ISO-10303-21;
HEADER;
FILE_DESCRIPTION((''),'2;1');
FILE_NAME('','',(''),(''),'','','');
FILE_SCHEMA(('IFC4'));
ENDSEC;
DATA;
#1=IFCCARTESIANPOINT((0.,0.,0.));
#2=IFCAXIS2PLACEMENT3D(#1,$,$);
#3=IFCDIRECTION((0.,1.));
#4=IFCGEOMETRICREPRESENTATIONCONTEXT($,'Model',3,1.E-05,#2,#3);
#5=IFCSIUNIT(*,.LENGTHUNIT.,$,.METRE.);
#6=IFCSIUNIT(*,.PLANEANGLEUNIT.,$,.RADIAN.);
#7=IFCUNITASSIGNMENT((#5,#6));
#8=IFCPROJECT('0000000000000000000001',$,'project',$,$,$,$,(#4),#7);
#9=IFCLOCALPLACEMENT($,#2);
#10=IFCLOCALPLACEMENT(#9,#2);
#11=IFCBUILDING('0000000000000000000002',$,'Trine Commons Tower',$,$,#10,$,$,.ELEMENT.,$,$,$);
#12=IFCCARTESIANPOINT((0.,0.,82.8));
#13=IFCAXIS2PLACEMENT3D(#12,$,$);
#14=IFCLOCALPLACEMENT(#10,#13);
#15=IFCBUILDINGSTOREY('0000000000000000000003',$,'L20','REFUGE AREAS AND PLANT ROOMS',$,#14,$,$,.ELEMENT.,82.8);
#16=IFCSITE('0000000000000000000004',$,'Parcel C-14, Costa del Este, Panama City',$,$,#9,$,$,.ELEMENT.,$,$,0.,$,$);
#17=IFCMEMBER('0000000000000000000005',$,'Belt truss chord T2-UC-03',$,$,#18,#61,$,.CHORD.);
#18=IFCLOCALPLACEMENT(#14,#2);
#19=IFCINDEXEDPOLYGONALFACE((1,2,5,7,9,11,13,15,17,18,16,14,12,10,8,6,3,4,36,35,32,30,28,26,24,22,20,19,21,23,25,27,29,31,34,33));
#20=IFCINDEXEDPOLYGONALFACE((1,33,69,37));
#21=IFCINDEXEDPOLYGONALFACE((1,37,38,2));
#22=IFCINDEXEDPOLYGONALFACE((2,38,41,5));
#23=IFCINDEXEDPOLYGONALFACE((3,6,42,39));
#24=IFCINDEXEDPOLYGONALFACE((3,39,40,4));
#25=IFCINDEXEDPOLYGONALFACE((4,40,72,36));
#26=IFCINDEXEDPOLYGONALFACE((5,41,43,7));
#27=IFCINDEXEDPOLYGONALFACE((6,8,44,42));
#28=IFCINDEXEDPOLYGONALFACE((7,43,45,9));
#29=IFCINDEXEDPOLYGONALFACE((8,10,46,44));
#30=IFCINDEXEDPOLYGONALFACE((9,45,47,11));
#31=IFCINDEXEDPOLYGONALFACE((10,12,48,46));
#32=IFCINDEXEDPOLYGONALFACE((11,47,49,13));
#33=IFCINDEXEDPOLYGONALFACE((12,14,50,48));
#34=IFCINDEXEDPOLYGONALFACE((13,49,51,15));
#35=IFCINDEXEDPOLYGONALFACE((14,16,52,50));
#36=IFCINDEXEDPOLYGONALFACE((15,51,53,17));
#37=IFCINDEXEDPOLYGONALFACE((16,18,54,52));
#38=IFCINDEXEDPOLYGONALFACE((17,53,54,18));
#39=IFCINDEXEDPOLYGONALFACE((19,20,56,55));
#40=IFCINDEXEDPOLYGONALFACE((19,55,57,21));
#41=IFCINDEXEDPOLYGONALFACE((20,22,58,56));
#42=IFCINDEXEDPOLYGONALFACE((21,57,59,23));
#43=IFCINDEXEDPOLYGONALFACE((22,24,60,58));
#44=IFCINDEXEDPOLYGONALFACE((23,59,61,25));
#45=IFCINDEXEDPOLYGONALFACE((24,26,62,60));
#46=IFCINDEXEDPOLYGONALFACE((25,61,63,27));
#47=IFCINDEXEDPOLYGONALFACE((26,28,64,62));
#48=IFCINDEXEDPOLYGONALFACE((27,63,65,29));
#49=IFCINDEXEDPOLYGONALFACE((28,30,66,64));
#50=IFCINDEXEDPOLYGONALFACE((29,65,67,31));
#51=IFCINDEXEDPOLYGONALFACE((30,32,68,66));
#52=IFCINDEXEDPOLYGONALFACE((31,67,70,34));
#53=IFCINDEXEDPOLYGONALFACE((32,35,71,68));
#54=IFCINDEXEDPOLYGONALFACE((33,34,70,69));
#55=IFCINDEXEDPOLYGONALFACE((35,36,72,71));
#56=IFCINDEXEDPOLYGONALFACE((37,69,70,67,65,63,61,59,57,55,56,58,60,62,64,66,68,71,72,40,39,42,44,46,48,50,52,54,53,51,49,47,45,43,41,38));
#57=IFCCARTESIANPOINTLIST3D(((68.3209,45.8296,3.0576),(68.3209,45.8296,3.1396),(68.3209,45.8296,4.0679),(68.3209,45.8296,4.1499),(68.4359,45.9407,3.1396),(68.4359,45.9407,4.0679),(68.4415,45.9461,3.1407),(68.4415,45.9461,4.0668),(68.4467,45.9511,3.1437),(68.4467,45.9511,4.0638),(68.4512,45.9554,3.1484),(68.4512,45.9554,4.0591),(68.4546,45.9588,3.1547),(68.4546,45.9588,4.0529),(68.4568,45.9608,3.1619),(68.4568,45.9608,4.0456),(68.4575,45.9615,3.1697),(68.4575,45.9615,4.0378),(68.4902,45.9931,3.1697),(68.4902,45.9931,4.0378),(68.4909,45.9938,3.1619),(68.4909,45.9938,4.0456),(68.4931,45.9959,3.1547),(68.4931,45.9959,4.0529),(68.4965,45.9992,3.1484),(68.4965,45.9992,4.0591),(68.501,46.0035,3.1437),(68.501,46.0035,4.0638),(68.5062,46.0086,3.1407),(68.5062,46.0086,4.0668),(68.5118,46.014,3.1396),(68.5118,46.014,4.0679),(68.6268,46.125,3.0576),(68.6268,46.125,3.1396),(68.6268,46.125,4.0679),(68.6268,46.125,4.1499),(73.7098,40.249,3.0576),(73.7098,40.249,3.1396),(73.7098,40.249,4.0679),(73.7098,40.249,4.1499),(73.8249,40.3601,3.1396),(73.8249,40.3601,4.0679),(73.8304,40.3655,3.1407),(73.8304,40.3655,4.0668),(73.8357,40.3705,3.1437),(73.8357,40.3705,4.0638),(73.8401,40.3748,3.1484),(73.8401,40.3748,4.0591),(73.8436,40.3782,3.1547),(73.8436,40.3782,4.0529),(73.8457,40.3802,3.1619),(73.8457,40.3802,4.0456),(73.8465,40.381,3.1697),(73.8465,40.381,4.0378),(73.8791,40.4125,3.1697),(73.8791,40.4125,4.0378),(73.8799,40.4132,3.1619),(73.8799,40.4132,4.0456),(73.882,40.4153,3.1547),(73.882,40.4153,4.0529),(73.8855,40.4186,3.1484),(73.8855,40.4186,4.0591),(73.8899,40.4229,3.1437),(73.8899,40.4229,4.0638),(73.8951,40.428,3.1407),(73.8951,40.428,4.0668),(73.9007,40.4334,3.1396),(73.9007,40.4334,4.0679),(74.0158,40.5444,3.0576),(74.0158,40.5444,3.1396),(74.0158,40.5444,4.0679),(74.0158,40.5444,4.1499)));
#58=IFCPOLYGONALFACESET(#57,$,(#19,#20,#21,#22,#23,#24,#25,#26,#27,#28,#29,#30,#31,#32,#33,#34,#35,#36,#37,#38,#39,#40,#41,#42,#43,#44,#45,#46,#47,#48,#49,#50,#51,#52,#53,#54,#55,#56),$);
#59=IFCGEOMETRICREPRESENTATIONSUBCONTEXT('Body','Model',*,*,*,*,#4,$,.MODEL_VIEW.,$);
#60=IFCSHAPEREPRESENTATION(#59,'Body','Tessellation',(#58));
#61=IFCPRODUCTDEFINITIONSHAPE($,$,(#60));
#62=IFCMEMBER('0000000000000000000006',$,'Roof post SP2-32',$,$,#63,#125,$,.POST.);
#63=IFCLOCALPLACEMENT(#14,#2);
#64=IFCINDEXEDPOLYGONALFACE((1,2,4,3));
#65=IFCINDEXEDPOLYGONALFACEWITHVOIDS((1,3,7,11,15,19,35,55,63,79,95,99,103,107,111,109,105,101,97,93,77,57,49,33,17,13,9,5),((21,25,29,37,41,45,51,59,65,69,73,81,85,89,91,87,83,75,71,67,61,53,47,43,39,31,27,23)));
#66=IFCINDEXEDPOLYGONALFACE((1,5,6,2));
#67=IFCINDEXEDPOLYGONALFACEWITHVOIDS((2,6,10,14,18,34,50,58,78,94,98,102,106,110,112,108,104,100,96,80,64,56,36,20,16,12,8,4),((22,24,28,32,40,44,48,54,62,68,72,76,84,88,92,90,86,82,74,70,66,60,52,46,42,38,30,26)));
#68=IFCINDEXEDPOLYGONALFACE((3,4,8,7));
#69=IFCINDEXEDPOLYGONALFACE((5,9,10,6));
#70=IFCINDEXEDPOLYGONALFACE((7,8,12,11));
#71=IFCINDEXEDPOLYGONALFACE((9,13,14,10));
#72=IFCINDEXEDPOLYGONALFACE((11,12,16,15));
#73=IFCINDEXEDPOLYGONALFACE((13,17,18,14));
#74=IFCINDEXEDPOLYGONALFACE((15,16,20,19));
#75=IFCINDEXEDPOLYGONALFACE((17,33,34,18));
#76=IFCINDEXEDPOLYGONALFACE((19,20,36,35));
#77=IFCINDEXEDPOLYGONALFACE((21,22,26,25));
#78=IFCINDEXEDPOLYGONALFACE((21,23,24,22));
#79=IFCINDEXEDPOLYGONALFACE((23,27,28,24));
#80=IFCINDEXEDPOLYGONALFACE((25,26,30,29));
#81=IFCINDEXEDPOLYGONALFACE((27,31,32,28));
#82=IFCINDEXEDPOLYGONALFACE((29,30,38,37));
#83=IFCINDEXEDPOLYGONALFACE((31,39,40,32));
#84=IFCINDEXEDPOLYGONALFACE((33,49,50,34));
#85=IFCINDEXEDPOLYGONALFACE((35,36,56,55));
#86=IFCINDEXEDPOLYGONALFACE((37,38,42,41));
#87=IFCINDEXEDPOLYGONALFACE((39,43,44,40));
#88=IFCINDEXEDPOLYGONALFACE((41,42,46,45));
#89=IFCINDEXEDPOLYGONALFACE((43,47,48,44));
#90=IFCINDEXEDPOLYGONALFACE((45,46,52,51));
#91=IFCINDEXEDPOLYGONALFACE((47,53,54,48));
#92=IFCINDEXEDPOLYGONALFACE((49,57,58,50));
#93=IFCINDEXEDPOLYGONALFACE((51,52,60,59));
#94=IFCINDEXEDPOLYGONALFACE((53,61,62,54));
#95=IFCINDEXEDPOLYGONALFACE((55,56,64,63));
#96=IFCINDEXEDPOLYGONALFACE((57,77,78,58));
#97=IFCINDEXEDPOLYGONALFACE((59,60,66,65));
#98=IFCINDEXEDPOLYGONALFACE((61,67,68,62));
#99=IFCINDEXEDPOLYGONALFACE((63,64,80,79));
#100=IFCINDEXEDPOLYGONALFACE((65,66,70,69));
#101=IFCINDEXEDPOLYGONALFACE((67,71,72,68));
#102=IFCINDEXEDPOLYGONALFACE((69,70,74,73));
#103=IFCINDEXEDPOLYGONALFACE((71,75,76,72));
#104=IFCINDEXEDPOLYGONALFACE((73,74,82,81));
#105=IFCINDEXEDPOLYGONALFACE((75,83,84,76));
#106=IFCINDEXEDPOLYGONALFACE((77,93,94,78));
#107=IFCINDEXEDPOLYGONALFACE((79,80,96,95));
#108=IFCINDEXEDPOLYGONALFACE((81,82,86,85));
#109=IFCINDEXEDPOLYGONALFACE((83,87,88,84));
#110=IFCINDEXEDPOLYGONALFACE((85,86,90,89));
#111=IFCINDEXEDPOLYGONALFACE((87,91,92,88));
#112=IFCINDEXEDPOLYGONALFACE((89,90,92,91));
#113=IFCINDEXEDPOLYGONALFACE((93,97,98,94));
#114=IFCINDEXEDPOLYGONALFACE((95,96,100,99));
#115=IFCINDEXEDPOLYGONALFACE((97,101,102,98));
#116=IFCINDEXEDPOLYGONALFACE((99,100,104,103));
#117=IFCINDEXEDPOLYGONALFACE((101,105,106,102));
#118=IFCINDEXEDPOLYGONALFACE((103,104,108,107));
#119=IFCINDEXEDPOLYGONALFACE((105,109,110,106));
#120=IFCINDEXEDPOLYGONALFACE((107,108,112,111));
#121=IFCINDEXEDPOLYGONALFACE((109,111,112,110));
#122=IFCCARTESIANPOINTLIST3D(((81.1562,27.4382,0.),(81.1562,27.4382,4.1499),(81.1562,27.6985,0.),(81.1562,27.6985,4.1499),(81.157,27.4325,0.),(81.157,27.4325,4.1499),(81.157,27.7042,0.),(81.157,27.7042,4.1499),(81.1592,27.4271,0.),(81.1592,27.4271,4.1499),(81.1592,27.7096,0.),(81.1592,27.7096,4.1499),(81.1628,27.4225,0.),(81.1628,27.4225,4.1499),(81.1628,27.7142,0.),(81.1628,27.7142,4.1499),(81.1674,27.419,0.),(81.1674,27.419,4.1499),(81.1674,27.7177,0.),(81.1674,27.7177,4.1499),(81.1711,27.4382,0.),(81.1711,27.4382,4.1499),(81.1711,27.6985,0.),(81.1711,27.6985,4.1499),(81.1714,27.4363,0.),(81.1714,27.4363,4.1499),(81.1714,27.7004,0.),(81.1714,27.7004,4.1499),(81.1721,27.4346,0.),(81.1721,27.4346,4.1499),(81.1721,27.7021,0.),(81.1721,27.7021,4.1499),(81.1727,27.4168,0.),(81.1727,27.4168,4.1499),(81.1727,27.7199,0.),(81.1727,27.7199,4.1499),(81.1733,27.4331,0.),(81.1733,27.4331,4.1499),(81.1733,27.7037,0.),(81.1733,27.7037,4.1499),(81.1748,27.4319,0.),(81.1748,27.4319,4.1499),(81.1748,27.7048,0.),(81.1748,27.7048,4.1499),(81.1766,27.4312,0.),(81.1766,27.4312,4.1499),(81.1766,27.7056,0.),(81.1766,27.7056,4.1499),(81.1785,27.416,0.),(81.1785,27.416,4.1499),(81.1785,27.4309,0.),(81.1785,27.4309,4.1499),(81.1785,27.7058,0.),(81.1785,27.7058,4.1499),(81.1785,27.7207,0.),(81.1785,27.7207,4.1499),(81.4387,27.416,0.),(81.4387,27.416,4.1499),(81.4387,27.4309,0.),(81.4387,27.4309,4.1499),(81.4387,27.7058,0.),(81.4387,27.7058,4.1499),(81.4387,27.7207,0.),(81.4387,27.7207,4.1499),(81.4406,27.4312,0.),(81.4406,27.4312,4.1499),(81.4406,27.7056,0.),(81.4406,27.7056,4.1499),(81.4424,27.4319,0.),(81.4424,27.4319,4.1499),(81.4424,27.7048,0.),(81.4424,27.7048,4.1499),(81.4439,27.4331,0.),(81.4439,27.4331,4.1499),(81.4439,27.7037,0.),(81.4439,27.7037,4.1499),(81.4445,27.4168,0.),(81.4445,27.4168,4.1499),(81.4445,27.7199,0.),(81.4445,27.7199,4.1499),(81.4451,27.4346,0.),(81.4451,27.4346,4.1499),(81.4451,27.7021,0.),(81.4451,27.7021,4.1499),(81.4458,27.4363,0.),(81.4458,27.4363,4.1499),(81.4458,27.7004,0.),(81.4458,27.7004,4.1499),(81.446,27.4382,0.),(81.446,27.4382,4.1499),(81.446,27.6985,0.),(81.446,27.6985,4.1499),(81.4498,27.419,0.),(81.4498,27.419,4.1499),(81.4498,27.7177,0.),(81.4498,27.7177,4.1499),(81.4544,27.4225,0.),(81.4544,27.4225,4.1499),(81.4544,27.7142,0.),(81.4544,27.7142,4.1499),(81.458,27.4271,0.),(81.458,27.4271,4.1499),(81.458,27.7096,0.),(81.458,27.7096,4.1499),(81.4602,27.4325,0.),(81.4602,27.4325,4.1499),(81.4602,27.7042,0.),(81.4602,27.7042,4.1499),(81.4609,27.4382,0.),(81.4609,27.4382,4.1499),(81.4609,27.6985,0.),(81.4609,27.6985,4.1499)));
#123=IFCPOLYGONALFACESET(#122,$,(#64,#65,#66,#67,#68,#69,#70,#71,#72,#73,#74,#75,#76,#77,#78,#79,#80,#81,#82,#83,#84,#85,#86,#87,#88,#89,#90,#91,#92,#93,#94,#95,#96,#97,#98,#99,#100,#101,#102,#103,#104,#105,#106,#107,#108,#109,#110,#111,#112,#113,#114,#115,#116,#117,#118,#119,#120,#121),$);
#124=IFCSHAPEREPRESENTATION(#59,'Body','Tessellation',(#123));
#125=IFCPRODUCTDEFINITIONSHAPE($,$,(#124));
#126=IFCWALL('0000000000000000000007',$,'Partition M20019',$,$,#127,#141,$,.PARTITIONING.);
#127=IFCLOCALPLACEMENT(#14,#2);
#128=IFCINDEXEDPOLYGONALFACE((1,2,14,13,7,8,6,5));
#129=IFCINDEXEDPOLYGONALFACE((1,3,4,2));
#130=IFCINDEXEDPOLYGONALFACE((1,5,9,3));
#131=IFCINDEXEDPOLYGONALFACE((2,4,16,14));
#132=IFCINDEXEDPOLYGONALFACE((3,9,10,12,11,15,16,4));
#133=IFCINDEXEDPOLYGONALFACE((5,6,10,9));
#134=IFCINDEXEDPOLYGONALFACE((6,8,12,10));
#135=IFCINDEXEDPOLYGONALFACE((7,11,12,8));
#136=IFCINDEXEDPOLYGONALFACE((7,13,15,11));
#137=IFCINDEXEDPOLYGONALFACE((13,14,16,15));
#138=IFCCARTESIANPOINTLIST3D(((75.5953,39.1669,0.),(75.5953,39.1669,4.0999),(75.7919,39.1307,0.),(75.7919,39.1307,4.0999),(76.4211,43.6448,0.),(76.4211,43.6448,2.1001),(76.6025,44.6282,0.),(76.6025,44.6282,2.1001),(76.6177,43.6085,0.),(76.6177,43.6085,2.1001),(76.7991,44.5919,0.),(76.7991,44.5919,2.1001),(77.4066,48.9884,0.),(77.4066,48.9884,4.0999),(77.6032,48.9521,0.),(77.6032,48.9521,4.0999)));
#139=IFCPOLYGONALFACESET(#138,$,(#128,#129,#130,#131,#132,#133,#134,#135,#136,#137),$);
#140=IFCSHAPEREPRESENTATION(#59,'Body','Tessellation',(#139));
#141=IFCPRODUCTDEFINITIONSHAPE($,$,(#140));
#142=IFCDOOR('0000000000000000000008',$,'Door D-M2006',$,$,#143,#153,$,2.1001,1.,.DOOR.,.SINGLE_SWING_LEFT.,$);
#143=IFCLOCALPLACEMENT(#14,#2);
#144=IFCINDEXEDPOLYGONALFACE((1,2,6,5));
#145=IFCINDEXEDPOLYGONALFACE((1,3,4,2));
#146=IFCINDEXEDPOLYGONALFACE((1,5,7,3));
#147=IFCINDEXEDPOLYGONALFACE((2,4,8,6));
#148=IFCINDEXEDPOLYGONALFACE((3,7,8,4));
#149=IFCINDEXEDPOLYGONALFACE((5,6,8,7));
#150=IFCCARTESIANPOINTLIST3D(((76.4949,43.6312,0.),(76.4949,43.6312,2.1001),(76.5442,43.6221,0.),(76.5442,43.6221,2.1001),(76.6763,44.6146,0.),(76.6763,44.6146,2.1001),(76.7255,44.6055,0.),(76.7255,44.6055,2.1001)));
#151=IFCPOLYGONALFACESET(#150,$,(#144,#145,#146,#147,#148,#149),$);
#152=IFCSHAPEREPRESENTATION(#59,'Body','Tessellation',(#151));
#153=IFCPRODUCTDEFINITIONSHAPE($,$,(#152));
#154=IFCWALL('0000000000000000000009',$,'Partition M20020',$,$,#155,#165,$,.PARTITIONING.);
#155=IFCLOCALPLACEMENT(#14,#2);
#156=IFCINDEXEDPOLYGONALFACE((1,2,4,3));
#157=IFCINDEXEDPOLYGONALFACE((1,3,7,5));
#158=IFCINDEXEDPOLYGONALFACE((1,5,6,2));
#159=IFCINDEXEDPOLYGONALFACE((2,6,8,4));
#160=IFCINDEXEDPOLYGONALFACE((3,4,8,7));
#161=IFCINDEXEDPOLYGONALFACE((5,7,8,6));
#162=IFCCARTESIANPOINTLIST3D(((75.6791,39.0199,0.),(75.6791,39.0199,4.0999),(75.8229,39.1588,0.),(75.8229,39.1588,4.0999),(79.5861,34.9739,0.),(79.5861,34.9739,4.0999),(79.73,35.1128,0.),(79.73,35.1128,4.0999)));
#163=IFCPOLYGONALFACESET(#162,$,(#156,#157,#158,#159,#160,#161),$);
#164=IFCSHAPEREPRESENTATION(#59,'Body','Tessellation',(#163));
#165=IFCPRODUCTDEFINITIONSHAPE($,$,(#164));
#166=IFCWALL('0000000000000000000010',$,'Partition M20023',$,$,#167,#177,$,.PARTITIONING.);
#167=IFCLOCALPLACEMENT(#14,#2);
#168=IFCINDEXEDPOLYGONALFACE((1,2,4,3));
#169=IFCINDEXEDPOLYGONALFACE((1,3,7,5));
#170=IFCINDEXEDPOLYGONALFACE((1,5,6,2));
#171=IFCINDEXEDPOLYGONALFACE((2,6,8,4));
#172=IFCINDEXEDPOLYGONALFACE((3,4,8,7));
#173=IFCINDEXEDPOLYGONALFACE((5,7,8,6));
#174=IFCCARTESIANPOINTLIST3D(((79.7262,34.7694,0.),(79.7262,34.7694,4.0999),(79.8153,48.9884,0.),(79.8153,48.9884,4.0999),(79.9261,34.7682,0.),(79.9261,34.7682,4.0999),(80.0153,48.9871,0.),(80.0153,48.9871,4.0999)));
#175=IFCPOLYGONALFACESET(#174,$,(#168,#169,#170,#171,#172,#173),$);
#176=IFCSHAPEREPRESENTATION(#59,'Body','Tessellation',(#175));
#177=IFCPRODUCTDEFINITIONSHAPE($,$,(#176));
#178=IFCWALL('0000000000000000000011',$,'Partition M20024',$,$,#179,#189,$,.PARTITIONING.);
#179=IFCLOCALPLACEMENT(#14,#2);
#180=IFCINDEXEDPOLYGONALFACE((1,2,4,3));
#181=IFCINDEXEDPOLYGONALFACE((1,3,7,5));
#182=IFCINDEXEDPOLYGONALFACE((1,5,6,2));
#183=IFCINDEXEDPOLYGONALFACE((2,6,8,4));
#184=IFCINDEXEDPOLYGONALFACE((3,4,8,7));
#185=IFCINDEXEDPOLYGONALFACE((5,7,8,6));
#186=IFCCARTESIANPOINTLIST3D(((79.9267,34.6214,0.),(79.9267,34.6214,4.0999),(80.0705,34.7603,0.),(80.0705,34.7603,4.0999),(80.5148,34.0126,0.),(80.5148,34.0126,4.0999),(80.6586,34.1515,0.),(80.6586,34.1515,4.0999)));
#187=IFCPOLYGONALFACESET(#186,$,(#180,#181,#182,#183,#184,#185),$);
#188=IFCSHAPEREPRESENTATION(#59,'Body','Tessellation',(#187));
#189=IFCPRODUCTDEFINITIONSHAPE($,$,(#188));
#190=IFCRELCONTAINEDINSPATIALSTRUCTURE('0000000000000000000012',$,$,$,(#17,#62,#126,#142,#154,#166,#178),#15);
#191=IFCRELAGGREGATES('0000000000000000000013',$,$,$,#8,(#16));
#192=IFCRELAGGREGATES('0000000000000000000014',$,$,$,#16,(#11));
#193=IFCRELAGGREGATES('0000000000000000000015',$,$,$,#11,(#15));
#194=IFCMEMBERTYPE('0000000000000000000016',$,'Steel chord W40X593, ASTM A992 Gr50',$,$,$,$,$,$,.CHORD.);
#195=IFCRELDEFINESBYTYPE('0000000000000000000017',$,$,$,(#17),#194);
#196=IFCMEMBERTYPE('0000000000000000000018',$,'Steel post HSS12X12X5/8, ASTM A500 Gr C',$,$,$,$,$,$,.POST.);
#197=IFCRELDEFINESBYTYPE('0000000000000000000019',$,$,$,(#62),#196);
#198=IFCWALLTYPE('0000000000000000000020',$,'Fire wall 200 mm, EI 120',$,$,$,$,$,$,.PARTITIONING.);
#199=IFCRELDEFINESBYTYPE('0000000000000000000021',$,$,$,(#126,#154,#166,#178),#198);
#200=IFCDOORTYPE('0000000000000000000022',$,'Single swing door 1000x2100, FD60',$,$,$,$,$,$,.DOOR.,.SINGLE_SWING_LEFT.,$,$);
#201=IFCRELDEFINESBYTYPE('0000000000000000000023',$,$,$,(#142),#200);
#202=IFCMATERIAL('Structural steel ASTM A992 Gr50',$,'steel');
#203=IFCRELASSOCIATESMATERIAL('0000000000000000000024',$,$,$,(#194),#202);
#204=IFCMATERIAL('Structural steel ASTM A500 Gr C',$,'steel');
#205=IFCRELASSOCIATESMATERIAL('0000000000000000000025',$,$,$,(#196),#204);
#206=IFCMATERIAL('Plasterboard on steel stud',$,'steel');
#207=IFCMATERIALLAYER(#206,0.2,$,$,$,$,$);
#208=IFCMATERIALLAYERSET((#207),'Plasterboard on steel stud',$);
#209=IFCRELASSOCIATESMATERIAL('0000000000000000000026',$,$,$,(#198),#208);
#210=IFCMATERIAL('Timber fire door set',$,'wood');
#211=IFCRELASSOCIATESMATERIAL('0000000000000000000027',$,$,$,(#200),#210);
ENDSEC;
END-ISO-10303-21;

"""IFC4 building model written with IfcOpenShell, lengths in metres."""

from ifc_helpers import new_model, si_unit, direction, frame, frame_2d, origin, origin_2d, place, context, subcontext, project, spatial, rectangle, hollow_rectangle, i_section, extrude, material, layer, layer_set, material_profile, profile_set, type_object, element, fill, save


model = new_model("IFC4")

# Units and contexts
model_context = context("Model", 3, precision=1e-05, world=origin(), true_north=direction((0.0, 1.0)))
body_context = subcontext(model_context, "Body", "Model", "MODEL_VIEW")
ifc_project = project(units=[si_unit("LENGTHUNIT", "METRE"), si_unit("PLANEANGLEUNIT", "RADIAN")], contexts=[model_context])

# Site, building, storey
site_placement = place(None, origin())
site = spatial("IfcSite", under=ifc_project, at=site_placement, Name="Parcel C-14, Costa del Este, Panama City", CompositionType="ELEMENT", RefElevation=0.0)
building_placement = place(site_placement, origin())
building = spatial("IfcBuilding", under=site, at=building_placement, Name="Trine Commons Tower", CompositionType="ELEMENT")
storey_placement = place(building_placement, frame((0.0, 0.0, 82.8)))
storey = spatial("IfcBuildingStorey", under=building, at=storey_placement, Name="L20", Description="REFUGE AREAS AND PLANT ROOMS", CompositionType="ELEMENT", Elevation=82.8)

# Members
ifc_material_1 = material(Name="Structural steel ASTM A992 Gr50", Category="steel")
ifc_material_profile_1 = material_profile(ifc_material_1, i_section(OverallWidth=0.4253, OverallDepth=1.0923, WebThickness=0.0454, FlangeThickness=0.082, FilletRadius=0.03, at=origin_2d()), Name="W40X593")
ifc_profile_set_1 = profile_set([ifc_material_profile_1], Name="Structural steel ASTM A992 Gr50")
member_type_1 = type_object("IfcMemberType", Name="Steel chord W40X593, ASTM A992 Gr50", PredefinedType="CHORD", material=ifc_profile_set_1)
member_1_placement = place(storey_placement, frame((73.8628, 40.3967, 3.6038), z_axis=(-0.694647, 0.719351, 0.0), x_axis=(-0.719351, -0.694647, 0.0)))
element("IfcMember", 1, at=member_1_placement, inside=storey, type_object=member_type_1, Name="Belt truss chord T2-UC-03", PredefinedType="CHORD", context=body_context, shape_type="SweptSolid", body=[
    extrude(i_section(OverallWidth=0.4253, OverallDepth=1.0923, WebThickness=0.0454, FlangeThickness=0.082, FilletRadius=0.03, at=origin_2d()), origin(), (0.0, 0.0, 1.0), 7.7578),
])
ifc_material_2 = material(Name="Structural steel ASTM A500 Gr C", Category="steel")
ifc_material_profile_2 = material_profile(ifc_material_2, hollow_rectangle(XDim=0.3047, YDim=0.3047, WallThickness=0.0149, InnerFilletRadius=0.0073, OuterFilletRadius=0.0222, at=origin_2d()), Name="HSS12X12X5/8")
ifc_profile_set_2 = profile_set([ifc_material_profile_2], Name="Structural steel ASTM A500 Gr C")
member_type_2 = type_object("IfcMemberType", Name="Steel post HSS12X12X5/8, ASTM A500 Gr C", PredefinedType="POST", material=ifc_profile_set_2)
member_2_placement = place(storey_placement, frame((81.3086, 27.5684, 0.0), z_axis=(0.0, 0.0, 1.0), x_axis=(1.0, 0.0, 0.0)))
element("IfcMember", 2, at=member_2_placement, inside=storey, type_object=member_type_2, Name="Roof post SP2-32", PredefinedType="POST", context=body_context, shape_type="SweptSolid", body=[
    extrude(hollow_rectangle(XDim=0.3047, YDim=0.3047, WallThickness=0.0149, InnerFilletRadius=0.0073, OuterFilletRadius=0.0222, at=origin_2d()), origin(), (0.0, 0.0, 1.0), 4.1499),
])

# Wall, opening, door
ifc_material_3 = material(Name="Plasterboard on steel stud", Category="steel")
ifc_layer_1 = layer(ifc_material_3, 0.2)
ifc_layer_set_1 = layer_set([ifc_layer_1], Name="Plasterboard on steel stud")
wall_type_1 = type_object("IfcWallType", Name="Fire wall 200 mm, EI 120", PredefinedType="PARTITIONING", material=ifc_layer_set_1)
wall_1_placement = place(storey_placement, frame((75.6936, 39.1487, 0.0), z_axis=(0.0, 0.0, 1.0), x_axis=(0.181361, 0.983417, 0.0)))
wall_1 = element("IfcWall", 3, at=wall_1_placement, inside=storey, type_object=wall_type_1, Name="Partition M20019", PredefinedType="PARTITIONING", context=body_context, shape_type="SweptSolid", body=[
    extrude(rectangle(XDim=9.9871, YDim=0.2, at=frame_2d((4.9937, 0.0))), origin(), (0.0, 0.0, 1.0), 4.0999),
])
opening_placement = place(wall_1_placement, frame((4.5535, 0.0, 0.0)))
opening = element("IfcOpeningElement", 4, at=opening_placement, cuts=wall_1, PredefinedType="OPENING", context=body_context, shape_type="SweptSolid", body=[
    extrude(rectangle(XDim=1.0, YDim=2.1001, at=frame_2d((0.5, 1.05))), frame((0.0, 0.1099, 0.0), z_axis=(0.0, -1.0, 0.0), x_axis=(1.0, 0.0, 0.0)), (0.0, 0.0, 1.0), 0.22),
])
ifc_material_4 = material(Name="Timber fire door set", Category="wood")
door_type = type_object("IfcDoorType", Name="Single swing door 1000x2100, FD60", OperationType="SINGLE_SWING_LEFT", PredefinedType="DOOR", material=ifc_material_4)
door_placement = place(opening_placement, origin())
door = element("IfcDoor", 5, at=door_placement, inside=storey, type_object=door_type, Name="Door D-M2006", OperationType="SINGLE_SWING_LEFT", OverallHeight=2.1001, OverallWidth=1.0, PredefinedType="DOOR", context=body_context, shape_type="SweptSolid", body=[
    extrude(rectangle(XDim=1.0, YDim=2.1001, at=frame_2d((0.5, 1.05))), frame((0.0, 0.0249, 0.0), z_axis=(0.0, -1.0, 0.0), x_axis=(1.0, 0.0, 0.0)), (0.0, 0.0, 1.0), 0.05),
])
fill(opening, door)

# Walls
wall_2_placement = place(storey_placement, frame((75.751, 39.0894, 0.0), z_axis=(0.0, 0.0, 1.0), x_axis=(0.69465, -0.719348, 0.0)))
element("IfcWall", 6, at=wall_2_placement, inside=storey, type_object=wall_type_1, Name="Partition M20020", PredefinedType="PARTITIONING", context=body_context, shape_type="SweptSolid", body=[
    extrude(rectangle(XDim=5.6245, YDim=0.2, at=frame_2d((2.8123, 0.0))), origin(), (0.0, 0.0, 1.0), 4.0999),
])
wall_3_placement = place(storey_placement, frame((79.8262, 34.7688, 0.0), z_axis=(0.0, 0.0, 1.0), x_axis=(0.006267, 0.99998, 0.0)))
element("IfcWall", 7, at=wall_3_placement, inside=storey, type_object=wall_type_1, Name="Partition M20023", PredefinedType="PARTITIONING", context=body_context, shape_type="SweptSolid", body=[
    extrude(rectangle(XDim=14.2192, YDim=0.2, at=frame_2d((7.1096, 0.0))), origin(), (0.0, 0.0, 1.0), 4.0999),
])
wall_4_placement = place(storey_placement, frame((79.9985, 34.6909, 0.0), z_axis=(0.0, 0.0, 1.0), x_axis=(0.694744, -0.719257, 0.0)))
element("IfcWall", 8, at=wall_4_placement, inside=storey, type_object=wall_type_1, Name="Partition M20024", PredefinedType="PARTITIONING", context=body_context, shape_type="SweptSolid", body=[
    extrude(rectangle(XDim=0.8464, YDim=0.2, at=frame_2d((0.4233, 0.0))), origin(), (0.0, 0.0, 1.0), 4.0999),
])

save(model, "model.ifc")
